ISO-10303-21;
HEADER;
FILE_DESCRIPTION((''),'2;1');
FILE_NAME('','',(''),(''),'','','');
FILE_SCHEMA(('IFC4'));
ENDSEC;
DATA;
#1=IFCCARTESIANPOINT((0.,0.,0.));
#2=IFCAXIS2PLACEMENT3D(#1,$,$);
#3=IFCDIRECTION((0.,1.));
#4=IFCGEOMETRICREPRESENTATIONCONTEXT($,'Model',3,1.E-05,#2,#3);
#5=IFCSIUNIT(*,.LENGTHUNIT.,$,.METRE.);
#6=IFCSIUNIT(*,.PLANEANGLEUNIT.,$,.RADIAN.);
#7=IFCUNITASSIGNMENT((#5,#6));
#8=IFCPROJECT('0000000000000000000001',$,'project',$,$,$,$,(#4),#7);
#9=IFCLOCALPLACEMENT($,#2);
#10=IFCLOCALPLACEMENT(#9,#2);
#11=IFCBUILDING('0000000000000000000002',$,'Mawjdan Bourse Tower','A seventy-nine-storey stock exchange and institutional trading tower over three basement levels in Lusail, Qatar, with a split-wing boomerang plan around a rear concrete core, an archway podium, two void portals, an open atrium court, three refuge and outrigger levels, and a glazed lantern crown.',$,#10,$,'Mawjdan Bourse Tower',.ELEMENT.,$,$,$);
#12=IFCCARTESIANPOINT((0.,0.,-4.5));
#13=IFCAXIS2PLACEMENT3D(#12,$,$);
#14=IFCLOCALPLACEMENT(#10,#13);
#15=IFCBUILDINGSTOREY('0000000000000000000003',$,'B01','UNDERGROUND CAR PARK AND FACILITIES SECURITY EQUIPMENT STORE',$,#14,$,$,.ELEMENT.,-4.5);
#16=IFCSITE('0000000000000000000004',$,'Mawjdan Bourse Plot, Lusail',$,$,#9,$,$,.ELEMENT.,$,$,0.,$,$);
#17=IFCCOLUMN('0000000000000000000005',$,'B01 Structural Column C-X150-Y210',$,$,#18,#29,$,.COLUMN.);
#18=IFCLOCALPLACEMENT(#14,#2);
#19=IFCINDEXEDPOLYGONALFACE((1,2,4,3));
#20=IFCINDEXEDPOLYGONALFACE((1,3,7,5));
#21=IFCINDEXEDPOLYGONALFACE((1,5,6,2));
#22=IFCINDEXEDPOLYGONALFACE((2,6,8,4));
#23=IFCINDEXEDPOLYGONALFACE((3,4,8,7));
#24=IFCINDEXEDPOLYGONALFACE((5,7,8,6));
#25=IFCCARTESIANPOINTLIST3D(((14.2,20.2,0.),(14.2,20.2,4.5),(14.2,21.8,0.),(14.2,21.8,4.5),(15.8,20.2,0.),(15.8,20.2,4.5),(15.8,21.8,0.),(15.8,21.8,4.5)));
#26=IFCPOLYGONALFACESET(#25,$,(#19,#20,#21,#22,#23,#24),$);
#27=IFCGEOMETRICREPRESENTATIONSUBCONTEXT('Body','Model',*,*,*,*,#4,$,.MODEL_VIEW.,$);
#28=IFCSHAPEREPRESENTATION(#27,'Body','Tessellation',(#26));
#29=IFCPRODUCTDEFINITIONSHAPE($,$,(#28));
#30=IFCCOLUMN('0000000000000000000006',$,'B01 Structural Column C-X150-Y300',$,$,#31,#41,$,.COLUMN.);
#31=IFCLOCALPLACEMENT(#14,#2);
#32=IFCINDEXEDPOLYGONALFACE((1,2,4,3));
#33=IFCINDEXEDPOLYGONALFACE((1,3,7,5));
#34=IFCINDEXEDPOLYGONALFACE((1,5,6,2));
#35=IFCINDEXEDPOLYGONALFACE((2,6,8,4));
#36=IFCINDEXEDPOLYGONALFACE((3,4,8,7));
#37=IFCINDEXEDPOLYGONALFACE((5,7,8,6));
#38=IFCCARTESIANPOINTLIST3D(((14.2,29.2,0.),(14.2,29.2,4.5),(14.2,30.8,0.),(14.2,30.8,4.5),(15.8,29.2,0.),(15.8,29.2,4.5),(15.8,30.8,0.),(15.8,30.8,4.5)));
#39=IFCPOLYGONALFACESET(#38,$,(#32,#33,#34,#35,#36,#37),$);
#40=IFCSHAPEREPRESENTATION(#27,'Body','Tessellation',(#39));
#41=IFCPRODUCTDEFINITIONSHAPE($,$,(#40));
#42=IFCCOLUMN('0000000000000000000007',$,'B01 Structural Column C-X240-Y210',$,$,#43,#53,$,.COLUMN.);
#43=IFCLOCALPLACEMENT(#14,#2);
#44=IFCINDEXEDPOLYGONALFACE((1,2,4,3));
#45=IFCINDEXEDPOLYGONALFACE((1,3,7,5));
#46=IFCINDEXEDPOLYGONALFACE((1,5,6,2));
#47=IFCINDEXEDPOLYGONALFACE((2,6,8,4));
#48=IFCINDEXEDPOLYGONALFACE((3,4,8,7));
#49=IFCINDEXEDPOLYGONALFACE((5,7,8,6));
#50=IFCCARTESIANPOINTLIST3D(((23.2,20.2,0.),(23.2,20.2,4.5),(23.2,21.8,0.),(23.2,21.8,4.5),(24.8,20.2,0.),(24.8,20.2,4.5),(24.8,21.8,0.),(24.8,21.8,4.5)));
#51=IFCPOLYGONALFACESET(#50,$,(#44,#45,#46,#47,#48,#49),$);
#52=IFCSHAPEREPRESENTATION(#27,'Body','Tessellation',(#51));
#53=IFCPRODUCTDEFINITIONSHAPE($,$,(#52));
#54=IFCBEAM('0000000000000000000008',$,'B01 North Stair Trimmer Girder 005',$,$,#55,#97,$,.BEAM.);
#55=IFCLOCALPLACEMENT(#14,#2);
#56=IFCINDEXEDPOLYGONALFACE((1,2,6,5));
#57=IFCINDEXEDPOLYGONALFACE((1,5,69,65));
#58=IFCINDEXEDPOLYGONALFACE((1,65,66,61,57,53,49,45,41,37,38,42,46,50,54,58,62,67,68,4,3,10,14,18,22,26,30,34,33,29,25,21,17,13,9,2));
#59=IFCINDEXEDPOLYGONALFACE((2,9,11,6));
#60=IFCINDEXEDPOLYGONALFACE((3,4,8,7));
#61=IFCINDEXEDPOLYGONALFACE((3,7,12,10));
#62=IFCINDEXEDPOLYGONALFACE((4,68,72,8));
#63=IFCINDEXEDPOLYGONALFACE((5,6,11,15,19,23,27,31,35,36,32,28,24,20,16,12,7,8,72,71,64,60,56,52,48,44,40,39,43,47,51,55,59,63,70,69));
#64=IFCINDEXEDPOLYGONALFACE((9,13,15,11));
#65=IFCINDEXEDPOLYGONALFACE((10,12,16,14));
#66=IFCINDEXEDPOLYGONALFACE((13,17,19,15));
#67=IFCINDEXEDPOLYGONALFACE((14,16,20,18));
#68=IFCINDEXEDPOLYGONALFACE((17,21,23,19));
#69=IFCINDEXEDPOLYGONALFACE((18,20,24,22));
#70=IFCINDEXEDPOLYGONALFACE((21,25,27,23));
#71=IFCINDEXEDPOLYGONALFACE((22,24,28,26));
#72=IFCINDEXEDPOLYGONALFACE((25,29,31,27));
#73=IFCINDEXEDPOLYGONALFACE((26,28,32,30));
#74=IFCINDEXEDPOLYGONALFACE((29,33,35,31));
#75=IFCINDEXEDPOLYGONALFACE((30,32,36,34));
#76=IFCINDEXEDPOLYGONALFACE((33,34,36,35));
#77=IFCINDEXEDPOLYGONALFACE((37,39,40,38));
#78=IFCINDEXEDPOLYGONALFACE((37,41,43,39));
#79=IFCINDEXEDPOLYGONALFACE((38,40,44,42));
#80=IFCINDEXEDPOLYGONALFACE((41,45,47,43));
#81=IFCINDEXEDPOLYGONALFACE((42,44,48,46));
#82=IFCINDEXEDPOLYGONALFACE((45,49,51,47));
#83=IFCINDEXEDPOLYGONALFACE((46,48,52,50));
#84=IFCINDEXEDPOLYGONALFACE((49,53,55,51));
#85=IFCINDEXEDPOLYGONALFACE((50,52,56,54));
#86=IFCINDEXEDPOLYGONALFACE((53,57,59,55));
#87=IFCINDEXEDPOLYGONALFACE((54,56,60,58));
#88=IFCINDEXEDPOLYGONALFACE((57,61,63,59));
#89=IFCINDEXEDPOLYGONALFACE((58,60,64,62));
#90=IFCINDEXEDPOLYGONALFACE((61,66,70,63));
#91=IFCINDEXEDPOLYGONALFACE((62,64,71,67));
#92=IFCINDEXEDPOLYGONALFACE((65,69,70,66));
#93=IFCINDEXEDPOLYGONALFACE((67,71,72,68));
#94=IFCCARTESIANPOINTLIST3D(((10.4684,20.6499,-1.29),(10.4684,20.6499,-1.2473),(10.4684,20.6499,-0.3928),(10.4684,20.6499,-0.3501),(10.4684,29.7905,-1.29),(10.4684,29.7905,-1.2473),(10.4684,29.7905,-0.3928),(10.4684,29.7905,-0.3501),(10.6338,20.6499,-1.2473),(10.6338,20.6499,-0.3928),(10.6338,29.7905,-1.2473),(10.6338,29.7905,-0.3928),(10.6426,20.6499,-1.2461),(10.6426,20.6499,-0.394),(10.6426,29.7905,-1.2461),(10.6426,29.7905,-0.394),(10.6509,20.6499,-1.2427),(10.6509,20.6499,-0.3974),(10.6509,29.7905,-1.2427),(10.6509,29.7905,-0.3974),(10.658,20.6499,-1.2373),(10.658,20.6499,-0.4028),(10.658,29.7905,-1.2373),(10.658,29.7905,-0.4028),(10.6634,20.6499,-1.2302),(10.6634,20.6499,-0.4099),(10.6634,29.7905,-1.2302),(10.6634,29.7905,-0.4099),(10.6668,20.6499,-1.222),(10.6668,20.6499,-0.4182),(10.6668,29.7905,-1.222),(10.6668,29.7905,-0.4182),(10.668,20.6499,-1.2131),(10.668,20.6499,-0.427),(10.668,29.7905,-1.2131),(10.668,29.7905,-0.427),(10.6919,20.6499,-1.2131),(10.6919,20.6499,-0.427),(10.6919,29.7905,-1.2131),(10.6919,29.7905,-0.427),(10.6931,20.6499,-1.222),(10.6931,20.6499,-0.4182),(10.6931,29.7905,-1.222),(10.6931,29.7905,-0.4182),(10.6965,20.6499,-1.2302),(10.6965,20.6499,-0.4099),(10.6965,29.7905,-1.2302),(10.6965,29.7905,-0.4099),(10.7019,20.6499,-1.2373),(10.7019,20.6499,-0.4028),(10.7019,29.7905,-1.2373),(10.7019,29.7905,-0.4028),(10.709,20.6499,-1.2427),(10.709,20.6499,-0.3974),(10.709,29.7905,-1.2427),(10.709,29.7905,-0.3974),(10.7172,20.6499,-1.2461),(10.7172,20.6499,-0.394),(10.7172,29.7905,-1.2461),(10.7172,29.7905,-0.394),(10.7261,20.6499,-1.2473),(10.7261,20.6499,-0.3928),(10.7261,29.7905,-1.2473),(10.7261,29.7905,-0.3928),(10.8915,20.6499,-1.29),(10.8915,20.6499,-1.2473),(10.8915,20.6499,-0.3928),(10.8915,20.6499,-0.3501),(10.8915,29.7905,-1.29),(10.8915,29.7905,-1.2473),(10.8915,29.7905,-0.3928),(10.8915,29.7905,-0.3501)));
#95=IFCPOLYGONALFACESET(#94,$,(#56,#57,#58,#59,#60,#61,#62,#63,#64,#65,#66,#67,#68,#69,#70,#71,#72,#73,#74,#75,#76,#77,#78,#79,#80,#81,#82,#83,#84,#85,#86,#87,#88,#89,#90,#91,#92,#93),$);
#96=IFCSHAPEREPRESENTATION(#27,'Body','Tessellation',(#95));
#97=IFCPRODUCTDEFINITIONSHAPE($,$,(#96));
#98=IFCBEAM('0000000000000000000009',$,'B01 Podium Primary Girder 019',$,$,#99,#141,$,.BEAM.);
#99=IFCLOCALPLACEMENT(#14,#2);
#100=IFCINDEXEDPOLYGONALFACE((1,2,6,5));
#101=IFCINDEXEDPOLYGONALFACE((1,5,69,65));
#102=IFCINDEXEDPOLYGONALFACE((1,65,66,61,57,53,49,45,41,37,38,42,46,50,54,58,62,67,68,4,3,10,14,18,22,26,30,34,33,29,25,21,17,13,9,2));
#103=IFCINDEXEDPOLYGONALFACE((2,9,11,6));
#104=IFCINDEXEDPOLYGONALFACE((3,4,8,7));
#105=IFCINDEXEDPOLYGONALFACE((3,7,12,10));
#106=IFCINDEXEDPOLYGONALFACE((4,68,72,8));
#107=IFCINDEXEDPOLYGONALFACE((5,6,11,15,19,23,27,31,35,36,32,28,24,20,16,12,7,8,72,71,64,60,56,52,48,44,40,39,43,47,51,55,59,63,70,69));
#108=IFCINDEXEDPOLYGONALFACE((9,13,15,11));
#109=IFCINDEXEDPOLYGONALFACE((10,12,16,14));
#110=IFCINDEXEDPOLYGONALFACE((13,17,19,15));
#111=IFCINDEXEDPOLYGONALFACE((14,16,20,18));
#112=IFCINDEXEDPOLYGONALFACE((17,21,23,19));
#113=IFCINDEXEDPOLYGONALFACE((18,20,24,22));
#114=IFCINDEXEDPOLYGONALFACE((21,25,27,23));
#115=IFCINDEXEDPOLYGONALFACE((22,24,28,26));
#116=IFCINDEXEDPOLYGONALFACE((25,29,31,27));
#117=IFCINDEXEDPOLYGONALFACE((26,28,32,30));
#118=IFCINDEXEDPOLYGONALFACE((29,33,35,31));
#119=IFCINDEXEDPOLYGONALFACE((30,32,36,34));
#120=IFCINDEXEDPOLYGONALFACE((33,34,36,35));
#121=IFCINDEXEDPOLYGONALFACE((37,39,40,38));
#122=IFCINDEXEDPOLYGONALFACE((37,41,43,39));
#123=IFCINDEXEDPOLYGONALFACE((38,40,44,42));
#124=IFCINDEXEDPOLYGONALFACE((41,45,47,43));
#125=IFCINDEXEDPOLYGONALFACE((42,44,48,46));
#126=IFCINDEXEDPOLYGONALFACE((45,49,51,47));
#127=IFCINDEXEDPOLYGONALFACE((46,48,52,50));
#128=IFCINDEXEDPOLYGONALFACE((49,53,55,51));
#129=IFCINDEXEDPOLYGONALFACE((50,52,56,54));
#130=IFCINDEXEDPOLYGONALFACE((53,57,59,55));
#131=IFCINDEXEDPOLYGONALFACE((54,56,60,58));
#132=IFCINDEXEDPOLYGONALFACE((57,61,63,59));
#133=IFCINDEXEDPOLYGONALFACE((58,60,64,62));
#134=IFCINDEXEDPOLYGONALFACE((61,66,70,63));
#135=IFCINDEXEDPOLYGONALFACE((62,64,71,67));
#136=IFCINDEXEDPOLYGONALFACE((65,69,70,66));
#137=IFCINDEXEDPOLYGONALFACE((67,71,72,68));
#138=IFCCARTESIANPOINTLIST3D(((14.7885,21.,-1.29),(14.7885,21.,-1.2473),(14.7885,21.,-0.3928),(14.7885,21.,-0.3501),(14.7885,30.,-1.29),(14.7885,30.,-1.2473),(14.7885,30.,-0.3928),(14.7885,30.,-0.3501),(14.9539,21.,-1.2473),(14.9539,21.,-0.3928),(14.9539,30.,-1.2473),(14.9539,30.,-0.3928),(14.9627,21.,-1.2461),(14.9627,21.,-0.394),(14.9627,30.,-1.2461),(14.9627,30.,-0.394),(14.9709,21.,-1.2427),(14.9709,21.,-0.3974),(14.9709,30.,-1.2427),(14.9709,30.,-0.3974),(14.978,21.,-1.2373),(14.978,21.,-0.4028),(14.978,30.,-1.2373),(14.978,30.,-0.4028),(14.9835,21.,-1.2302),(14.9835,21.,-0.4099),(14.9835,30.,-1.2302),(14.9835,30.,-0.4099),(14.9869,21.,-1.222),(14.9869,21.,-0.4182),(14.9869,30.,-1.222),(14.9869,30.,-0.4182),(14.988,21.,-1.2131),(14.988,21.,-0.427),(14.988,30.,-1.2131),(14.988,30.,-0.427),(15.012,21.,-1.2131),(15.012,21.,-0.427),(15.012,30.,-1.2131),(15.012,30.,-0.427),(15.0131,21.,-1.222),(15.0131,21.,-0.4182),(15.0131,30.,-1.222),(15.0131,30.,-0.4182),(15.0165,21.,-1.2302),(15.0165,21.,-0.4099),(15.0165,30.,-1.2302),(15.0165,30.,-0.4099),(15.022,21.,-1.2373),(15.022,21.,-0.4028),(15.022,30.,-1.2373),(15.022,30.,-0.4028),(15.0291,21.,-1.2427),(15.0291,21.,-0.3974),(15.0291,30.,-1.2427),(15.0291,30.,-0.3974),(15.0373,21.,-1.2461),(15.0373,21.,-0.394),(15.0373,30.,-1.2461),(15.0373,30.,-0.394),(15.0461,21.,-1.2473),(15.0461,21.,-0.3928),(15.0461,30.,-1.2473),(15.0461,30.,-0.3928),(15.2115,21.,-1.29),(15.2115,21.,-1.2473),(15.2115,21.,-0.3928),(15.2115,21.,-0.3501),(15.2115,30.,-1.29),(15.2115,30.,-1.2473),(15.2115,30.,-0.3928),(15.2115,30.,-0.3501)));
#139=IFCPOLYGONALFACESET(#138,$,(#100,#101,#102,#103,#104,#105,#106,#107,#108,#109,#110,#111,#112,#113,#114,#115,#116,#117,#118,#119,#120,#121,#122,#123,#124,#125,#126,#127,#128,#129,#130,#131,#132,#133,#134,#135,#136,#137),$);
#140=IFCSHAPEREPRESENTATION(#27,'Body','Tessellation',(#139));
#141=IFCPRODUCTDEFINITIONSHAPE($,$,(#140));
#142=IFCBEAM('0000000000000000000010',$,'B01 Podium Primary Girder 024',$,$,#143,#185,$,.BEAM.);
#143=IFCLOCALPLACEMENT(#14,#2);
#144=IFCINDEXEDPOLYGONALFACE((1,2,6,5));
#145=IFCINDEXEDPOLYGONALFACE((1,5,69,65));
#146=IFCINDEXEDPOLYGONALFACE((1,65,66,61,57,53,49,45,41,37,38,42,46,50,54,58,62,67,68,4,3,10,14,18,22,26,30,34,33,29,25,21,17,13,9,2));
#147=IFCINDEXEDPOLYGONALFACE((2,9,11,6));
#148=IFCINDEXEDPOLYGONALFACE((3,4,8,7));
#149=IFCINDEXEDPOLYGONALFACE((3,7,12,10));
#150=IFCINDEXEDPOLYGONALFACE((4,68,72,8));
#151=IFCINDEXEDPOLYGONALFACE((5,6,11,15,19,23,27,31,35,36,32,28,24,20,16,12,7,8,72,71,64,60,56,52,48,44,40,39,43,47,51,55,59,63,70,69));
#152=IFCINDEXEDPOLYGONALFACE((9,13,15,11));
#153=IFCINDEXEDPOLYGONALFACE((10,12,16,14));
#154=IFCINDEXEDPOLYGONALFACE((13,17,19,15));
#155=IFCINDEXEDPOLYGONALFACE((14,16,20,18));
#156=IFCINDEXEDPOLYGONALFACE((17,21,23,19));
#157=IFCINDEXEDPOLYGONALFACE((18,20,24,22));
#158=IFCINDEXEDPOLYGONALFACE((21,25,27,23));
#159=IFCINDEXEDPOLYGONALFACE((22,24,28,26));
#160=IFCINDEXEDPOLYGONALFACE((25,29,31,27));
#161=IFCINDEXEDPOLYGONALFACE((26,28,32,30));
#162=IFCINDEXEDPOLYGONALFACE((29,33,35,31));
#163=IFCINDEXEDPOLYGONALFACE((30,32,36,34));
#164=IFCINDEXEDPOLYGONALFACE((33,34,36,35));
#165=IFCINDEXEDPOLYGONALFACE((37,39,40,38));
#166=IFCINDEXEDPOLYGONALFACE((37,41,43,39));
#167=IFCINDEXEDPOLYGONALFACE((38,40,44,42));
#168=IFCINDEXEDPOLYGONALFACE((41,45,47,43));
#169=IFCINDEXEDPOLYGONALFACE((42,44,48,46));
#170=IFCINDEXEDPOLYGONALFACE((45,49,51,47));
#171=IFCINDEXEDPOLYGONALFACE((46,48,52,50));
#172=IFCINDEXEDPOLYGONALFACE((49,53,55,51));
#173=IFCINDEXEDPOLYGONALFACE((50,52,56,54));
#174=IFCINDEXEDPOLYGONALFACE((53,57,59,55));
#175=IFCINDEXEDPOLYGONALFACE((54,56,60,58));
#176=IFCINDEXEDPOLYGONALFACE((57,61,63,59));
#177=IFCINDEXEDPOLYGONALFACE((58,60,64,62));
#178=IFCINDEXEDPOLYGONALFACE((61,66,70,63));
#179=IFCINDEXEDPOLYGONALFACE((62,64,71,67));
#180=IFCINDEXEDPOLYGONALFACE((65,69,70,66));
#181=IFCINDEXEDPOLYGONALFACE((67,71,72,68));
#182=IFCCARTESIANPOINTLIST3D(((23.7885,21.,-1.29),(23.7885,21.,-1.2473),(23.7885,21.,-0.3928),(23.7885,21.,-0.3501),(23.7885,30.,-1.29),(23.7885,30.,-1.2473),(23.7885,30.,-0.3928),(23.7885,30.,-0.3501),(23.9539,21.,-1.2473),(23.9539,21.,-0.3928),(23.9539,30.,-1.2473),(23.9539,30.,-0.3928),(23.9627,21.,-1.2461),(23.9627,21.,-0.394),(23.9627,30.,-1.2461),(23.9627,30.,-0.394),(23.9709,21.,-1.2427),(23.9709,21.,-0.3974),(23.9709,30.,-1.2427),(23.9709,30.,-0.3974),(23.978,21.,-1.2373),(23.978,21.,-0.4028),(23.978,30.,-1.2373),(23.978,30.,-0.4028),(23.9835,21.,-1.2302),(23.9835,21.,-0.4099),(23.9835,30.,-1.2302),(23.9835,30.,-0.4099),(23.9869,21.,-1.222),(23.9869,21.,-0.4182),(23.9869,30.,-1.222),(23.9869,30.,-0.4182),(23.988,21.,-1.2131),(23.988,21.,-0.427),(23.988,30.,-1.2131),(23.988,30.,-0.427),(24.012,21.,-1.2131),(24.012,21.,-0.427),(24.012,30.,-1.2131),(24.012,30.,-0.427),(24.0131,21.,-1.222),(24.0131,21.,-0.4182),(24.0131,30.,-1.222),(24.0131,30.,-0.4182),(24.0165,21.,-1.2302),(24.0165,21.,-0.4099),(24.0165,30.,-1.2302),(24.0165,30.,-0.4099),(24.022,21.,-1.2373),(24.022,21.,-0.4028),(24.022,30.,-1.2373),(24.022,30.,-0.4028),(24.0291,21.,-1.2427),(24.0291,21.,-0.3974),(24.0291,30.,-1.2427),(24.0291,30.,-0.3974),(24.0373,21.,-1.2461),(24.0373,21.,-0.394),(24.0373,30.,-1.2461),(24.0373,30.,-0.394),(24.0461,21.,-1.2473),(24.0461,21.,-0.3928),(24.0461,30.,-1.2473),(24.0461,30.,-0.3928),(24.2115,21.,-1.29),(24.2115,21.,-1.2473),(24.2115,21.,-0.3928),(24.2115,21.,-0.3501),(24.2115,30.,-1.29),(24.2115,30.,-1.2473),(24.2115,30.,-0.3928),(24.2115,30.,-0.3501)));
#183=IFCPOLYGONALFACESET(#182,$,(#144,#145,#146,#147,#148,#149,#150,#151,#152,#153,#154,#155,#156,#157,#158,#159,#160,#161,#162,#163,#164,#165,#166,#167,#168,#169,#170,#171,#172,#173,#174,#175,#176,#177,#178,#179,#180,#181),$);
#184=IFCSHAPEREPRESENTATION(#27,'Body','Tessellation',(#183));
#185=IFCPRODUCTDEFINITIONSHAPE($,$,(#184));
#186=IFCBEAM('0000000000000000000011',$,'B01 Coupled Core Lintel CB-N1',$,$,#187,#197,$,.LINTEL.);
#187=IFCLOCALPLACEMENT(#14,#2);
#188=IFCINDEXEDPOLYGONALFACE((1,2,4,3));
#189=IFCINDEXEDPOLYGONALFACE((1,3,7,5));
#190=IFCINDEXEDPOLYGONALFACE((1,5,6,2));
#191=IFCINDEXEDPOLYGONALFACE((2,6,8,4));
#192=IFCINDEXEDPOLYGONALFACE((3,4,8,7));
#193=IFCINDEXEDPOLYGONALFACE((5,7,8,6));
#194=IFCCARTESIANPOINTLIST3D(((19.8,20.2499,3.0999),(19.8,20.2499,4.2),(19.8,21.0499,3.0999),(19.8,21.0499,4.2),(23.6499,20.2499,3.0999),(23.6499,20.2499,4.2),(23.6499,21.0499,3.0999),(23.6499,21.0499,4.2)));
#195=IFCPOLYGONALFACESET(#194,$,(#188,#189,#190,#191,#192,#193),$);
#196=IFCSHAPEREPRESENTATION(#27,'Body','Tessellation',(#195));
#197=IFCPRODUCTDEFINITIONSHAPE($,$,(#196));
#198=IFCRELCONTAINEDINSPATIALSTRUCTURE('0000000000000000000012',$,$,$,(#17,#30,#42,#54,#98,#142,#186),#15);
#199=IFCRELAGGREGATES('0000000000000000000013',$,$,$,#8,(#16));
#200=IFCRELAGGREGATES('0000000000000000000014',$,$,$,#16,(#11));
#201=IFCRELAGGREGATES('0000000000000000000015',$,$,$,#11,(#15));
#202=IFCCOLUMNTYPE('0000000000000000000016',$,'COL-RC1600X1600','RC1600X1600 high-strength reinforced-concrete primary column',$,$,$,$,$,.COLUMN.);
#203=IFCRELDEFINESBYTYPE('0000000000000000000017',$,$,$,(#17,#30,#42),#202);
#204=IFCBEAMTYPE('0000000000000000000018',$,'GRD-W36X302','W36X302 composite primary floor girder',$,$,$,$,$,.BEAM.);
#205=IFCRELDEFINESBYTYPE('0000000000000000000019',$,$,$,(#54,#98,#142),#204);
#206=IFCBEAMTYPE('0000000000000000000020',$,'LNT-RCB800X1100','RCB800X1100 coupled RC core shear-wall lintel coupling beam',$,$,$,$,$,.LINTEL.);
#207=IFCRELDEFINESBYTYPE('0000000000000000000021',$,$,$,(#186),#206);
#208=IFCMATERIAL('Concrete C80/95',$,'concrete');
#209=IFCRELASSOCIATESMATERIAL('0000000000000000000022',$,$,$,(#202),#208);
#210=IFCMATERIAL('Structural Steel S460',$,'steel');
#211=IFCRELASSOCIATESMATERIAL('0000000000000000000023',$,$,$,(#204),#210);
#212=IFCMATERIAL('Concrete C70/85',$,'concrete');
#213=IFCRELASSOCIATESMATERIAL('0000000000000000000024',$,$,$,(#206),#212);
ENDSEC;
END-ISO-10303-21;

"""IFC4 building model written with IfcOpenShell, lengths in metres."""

from ifc_helpers import new_model, si_unit, direction, frame, origin, origin_2d, place, context, subcontext, project, spatial, rectangle, i_section, extrude, material, material_profile, profile_set, type_object, element, save


model = new_model("IFC4")

# Units and contexts
model_context = context("Model", 3, precision=1e-05, world=origin(), true_north=direction((0.0, 1.0)))
body_context = subcontext(model_context, "Body", "Model", "MODEL_VIEW")
ifc_project = project(units=[si_unit("LENGTHUNIT", "METRE"), si_unit("PLANEANGLEUNIT", "RADIAN")], contexts=[model_context])

# Site, building, storey
site_placement = place(None, origin())
site = spatial("IfcSite", under=ifc_project, at=site_placement, Name="Mawjdan Bourse Plot, Lusail", CompositionType="ELEMENT", RefElevation=0.0)
building_placement = place(site_placement, origin())
building = spatial("IfcBuilding", under=site, at=building_placement, Name="Mawjdan Bourse Tower", Description="A seventy-nine-storey stock exchange and institutional trading tower over three basement levels in Lusail, Qatar, with a split-wing boomerang plan around a rear concrete core, an archway podium, two void portals, an open atrium court, three refuge and outrigger levels, and a glazed lantern crown.", LongName="Mawjdan Bourse Tower", CompositionType="ELEMENT")
storey_placement = place(building_placement, frame((0.0, 0.0, -4.5)))
storey = spatial("IfcBuildingStorey", under=building, at=storey_placement, Name="B01", Description="UNDERGROUND CAR PARK AND FACILITIES SECURITY EQUIPMENT STORE", CompositionType="ELEMENT", Elevation=-4.5)

# Columns
ifc_material_1 = material(Name="Concrete C80/95", Category="concrete")
ifc_material_profile_1 = material_profile(ifc_material_1, rectangle(XDim=1.6001, YDim=1.6001, at=origin_2d()), Name="RC1600X1600")
ifc_profile_set_1 = profile_set([ifc_material_profile_1], Name="Concrete C80/95")
column_type = type_object("IfcColumnType", Name="COL-RC1600X1600", Description="RC1600X1600 high-strength reinforced-concrete primary column", PredefinedType="COLUMN", material=ifc_profile_set_1)
for number, where, z_axis, x_axis, name in (
    (1, (15.0, 21.0, 0.0), (0.0, 0.0, 1.0), (1.0, 0.0, 0.0), "B01 Structural Column C-X150-Y210"),
    (2, (15.0, 30.0, 0.0), (0.0, 0.0, 1.0), (1.0, 0.0, 0.0), "B01 Structural Column C-X150-Y300"),
    (3, (24.0, 21.0, 0.0), (0.0, 0.0, 1.0), (1.0, 0.0, 0.0), "B01 Structural Column C-X240-Y210"),
):
    element("IfcColumn", number, at=place(storey_placement, frame(where, z_axis=z_axis, x_axis=x_axis)), inside=storey, type_object=column_type, Name=name, PredefinedType="COLUMN", context=body_context, shape_type="SweptSolid", body=[
        extrude(rectangle(XDim=1.6001, YDim=1.6001, at=origin_2d()), origin(), (0.0, 0.0, 1.0), 4.5),
    ])

# Beams
ifc_material_2 = material(Name="Structural Steel S460", Category="steel")
ifc_material_profile_2 = material_profile(ifc_material_2, i_section(OverallWidth=0.4231, OverallDepth=0.9399, WebThickness=0.0239, FlangeThickness=0.0427, FilletRadius=0.0342, at=origin_2d()), Name="W36X302")
ifc_profile_set_2 = profile_set([ifc_material_profile_2], Name="Structural Steel S460")
beam_type_1 = type_object("IfcBeamType", Name="GRD-W36X302", Description="W36X302 composite primary floor girder", PredefinedType="BEAM", material=ifc_profile_set_2)
beam_1_placement = place(storey_placement, frame((10.6799, 20.6499, -0.8201), z_axis=(0.0, 1.0, 0.0), x_axis=(-1.0, 0.0, 0.0)))
element("IfcBeam", 4, at=beam_1_placement, inside=storey, type_object=beam_type_1, Name="B01 North Stair Trimmer Girder 005", PredefinedType="BEAM", context=body_context, shape_type="SweptSolid", body=[
    extrude(i_section(OverallWidth=0.4231, OverallDepth=0.9399, WebThickness=0.0239, FlangeThickness=0.0427, FilletRadius=0.0342, at=origin_2d()), origin(), (0.0, 0.0, 1.0), 9.1406),
])
for number, where, z_axis, x_axis, name in (
    (5, (15.0, 21.0, -0.8201), (0.0, 1.0, 0.0), (-1.0, 0.0, 0.0), "B01 Podium Primary Girder 019"),
    (6, (24.0, 21.0, -0.8201), (0.0, 1.0, 0.0), (-1.0, 0.0, 0.0), "B01 Podium Primary Girder 024"),
):
    element("IfcBeam", number, at=place(storey_placement, frame(where, z_axis=z_axis, x_axis=x_axis)), inside=storey, type_object=beam_type_1, Name=name, PredefinedType="BEAM", context=body_context, shape_type="SweptSolid", body=[
        extrude(i_section(OverallWidth=0.4231, OverallDepth=0.9399, WebThickness=0.0239, FlangeThickness=0.0427, FilletRadius=0.0342, at=origin_2d()), origin(), (0.0, 0.0, 1.0), 9.0),
    ])
ifc_material_3 = material(Name="Concrete C70/85", Category="concrete")
ifc_material_profile_3 = material_profile(ifc_material_3, rectangle(XDim=0.8, YDim=1.1001, at=origin_2d()), Name="RCB800X1100")
ifc_profile_set_3 = profile_set([ifc_material_profile_3], Name="Concrete C70/85")
beam_type_2 = type_object("IfcBeamType", Name="LNT-RCB800X1100", Description="RCB800X1100 coupled RC core shear-wall lintel coupling beam", PredefinedType="LINTEL", material=ifc_profile_set_3)
beam_2_placement = place(storey_placement, frame((19.8, 20.6499, 3.6499), z_axis=(1.0, 0.0, 0.0), x_axis=(0.0, 1.0, 0.0)))
element("IfcBeam", 7, at=beam_2_placement, inside=storey, type_object=beam_type_2, Name="B01 Coupled Core Lintel CB-N1", PredefinedType="LINTEL", context=body_context, shape_type="SweptSolid", body=[
    extrude(rectangle(XDim=0.8, YDim=1.1001, at=origin_2d()), origin(), (0.0, 0.0, 1.0), 3.8499),
])

save(model, "model.ifc")
